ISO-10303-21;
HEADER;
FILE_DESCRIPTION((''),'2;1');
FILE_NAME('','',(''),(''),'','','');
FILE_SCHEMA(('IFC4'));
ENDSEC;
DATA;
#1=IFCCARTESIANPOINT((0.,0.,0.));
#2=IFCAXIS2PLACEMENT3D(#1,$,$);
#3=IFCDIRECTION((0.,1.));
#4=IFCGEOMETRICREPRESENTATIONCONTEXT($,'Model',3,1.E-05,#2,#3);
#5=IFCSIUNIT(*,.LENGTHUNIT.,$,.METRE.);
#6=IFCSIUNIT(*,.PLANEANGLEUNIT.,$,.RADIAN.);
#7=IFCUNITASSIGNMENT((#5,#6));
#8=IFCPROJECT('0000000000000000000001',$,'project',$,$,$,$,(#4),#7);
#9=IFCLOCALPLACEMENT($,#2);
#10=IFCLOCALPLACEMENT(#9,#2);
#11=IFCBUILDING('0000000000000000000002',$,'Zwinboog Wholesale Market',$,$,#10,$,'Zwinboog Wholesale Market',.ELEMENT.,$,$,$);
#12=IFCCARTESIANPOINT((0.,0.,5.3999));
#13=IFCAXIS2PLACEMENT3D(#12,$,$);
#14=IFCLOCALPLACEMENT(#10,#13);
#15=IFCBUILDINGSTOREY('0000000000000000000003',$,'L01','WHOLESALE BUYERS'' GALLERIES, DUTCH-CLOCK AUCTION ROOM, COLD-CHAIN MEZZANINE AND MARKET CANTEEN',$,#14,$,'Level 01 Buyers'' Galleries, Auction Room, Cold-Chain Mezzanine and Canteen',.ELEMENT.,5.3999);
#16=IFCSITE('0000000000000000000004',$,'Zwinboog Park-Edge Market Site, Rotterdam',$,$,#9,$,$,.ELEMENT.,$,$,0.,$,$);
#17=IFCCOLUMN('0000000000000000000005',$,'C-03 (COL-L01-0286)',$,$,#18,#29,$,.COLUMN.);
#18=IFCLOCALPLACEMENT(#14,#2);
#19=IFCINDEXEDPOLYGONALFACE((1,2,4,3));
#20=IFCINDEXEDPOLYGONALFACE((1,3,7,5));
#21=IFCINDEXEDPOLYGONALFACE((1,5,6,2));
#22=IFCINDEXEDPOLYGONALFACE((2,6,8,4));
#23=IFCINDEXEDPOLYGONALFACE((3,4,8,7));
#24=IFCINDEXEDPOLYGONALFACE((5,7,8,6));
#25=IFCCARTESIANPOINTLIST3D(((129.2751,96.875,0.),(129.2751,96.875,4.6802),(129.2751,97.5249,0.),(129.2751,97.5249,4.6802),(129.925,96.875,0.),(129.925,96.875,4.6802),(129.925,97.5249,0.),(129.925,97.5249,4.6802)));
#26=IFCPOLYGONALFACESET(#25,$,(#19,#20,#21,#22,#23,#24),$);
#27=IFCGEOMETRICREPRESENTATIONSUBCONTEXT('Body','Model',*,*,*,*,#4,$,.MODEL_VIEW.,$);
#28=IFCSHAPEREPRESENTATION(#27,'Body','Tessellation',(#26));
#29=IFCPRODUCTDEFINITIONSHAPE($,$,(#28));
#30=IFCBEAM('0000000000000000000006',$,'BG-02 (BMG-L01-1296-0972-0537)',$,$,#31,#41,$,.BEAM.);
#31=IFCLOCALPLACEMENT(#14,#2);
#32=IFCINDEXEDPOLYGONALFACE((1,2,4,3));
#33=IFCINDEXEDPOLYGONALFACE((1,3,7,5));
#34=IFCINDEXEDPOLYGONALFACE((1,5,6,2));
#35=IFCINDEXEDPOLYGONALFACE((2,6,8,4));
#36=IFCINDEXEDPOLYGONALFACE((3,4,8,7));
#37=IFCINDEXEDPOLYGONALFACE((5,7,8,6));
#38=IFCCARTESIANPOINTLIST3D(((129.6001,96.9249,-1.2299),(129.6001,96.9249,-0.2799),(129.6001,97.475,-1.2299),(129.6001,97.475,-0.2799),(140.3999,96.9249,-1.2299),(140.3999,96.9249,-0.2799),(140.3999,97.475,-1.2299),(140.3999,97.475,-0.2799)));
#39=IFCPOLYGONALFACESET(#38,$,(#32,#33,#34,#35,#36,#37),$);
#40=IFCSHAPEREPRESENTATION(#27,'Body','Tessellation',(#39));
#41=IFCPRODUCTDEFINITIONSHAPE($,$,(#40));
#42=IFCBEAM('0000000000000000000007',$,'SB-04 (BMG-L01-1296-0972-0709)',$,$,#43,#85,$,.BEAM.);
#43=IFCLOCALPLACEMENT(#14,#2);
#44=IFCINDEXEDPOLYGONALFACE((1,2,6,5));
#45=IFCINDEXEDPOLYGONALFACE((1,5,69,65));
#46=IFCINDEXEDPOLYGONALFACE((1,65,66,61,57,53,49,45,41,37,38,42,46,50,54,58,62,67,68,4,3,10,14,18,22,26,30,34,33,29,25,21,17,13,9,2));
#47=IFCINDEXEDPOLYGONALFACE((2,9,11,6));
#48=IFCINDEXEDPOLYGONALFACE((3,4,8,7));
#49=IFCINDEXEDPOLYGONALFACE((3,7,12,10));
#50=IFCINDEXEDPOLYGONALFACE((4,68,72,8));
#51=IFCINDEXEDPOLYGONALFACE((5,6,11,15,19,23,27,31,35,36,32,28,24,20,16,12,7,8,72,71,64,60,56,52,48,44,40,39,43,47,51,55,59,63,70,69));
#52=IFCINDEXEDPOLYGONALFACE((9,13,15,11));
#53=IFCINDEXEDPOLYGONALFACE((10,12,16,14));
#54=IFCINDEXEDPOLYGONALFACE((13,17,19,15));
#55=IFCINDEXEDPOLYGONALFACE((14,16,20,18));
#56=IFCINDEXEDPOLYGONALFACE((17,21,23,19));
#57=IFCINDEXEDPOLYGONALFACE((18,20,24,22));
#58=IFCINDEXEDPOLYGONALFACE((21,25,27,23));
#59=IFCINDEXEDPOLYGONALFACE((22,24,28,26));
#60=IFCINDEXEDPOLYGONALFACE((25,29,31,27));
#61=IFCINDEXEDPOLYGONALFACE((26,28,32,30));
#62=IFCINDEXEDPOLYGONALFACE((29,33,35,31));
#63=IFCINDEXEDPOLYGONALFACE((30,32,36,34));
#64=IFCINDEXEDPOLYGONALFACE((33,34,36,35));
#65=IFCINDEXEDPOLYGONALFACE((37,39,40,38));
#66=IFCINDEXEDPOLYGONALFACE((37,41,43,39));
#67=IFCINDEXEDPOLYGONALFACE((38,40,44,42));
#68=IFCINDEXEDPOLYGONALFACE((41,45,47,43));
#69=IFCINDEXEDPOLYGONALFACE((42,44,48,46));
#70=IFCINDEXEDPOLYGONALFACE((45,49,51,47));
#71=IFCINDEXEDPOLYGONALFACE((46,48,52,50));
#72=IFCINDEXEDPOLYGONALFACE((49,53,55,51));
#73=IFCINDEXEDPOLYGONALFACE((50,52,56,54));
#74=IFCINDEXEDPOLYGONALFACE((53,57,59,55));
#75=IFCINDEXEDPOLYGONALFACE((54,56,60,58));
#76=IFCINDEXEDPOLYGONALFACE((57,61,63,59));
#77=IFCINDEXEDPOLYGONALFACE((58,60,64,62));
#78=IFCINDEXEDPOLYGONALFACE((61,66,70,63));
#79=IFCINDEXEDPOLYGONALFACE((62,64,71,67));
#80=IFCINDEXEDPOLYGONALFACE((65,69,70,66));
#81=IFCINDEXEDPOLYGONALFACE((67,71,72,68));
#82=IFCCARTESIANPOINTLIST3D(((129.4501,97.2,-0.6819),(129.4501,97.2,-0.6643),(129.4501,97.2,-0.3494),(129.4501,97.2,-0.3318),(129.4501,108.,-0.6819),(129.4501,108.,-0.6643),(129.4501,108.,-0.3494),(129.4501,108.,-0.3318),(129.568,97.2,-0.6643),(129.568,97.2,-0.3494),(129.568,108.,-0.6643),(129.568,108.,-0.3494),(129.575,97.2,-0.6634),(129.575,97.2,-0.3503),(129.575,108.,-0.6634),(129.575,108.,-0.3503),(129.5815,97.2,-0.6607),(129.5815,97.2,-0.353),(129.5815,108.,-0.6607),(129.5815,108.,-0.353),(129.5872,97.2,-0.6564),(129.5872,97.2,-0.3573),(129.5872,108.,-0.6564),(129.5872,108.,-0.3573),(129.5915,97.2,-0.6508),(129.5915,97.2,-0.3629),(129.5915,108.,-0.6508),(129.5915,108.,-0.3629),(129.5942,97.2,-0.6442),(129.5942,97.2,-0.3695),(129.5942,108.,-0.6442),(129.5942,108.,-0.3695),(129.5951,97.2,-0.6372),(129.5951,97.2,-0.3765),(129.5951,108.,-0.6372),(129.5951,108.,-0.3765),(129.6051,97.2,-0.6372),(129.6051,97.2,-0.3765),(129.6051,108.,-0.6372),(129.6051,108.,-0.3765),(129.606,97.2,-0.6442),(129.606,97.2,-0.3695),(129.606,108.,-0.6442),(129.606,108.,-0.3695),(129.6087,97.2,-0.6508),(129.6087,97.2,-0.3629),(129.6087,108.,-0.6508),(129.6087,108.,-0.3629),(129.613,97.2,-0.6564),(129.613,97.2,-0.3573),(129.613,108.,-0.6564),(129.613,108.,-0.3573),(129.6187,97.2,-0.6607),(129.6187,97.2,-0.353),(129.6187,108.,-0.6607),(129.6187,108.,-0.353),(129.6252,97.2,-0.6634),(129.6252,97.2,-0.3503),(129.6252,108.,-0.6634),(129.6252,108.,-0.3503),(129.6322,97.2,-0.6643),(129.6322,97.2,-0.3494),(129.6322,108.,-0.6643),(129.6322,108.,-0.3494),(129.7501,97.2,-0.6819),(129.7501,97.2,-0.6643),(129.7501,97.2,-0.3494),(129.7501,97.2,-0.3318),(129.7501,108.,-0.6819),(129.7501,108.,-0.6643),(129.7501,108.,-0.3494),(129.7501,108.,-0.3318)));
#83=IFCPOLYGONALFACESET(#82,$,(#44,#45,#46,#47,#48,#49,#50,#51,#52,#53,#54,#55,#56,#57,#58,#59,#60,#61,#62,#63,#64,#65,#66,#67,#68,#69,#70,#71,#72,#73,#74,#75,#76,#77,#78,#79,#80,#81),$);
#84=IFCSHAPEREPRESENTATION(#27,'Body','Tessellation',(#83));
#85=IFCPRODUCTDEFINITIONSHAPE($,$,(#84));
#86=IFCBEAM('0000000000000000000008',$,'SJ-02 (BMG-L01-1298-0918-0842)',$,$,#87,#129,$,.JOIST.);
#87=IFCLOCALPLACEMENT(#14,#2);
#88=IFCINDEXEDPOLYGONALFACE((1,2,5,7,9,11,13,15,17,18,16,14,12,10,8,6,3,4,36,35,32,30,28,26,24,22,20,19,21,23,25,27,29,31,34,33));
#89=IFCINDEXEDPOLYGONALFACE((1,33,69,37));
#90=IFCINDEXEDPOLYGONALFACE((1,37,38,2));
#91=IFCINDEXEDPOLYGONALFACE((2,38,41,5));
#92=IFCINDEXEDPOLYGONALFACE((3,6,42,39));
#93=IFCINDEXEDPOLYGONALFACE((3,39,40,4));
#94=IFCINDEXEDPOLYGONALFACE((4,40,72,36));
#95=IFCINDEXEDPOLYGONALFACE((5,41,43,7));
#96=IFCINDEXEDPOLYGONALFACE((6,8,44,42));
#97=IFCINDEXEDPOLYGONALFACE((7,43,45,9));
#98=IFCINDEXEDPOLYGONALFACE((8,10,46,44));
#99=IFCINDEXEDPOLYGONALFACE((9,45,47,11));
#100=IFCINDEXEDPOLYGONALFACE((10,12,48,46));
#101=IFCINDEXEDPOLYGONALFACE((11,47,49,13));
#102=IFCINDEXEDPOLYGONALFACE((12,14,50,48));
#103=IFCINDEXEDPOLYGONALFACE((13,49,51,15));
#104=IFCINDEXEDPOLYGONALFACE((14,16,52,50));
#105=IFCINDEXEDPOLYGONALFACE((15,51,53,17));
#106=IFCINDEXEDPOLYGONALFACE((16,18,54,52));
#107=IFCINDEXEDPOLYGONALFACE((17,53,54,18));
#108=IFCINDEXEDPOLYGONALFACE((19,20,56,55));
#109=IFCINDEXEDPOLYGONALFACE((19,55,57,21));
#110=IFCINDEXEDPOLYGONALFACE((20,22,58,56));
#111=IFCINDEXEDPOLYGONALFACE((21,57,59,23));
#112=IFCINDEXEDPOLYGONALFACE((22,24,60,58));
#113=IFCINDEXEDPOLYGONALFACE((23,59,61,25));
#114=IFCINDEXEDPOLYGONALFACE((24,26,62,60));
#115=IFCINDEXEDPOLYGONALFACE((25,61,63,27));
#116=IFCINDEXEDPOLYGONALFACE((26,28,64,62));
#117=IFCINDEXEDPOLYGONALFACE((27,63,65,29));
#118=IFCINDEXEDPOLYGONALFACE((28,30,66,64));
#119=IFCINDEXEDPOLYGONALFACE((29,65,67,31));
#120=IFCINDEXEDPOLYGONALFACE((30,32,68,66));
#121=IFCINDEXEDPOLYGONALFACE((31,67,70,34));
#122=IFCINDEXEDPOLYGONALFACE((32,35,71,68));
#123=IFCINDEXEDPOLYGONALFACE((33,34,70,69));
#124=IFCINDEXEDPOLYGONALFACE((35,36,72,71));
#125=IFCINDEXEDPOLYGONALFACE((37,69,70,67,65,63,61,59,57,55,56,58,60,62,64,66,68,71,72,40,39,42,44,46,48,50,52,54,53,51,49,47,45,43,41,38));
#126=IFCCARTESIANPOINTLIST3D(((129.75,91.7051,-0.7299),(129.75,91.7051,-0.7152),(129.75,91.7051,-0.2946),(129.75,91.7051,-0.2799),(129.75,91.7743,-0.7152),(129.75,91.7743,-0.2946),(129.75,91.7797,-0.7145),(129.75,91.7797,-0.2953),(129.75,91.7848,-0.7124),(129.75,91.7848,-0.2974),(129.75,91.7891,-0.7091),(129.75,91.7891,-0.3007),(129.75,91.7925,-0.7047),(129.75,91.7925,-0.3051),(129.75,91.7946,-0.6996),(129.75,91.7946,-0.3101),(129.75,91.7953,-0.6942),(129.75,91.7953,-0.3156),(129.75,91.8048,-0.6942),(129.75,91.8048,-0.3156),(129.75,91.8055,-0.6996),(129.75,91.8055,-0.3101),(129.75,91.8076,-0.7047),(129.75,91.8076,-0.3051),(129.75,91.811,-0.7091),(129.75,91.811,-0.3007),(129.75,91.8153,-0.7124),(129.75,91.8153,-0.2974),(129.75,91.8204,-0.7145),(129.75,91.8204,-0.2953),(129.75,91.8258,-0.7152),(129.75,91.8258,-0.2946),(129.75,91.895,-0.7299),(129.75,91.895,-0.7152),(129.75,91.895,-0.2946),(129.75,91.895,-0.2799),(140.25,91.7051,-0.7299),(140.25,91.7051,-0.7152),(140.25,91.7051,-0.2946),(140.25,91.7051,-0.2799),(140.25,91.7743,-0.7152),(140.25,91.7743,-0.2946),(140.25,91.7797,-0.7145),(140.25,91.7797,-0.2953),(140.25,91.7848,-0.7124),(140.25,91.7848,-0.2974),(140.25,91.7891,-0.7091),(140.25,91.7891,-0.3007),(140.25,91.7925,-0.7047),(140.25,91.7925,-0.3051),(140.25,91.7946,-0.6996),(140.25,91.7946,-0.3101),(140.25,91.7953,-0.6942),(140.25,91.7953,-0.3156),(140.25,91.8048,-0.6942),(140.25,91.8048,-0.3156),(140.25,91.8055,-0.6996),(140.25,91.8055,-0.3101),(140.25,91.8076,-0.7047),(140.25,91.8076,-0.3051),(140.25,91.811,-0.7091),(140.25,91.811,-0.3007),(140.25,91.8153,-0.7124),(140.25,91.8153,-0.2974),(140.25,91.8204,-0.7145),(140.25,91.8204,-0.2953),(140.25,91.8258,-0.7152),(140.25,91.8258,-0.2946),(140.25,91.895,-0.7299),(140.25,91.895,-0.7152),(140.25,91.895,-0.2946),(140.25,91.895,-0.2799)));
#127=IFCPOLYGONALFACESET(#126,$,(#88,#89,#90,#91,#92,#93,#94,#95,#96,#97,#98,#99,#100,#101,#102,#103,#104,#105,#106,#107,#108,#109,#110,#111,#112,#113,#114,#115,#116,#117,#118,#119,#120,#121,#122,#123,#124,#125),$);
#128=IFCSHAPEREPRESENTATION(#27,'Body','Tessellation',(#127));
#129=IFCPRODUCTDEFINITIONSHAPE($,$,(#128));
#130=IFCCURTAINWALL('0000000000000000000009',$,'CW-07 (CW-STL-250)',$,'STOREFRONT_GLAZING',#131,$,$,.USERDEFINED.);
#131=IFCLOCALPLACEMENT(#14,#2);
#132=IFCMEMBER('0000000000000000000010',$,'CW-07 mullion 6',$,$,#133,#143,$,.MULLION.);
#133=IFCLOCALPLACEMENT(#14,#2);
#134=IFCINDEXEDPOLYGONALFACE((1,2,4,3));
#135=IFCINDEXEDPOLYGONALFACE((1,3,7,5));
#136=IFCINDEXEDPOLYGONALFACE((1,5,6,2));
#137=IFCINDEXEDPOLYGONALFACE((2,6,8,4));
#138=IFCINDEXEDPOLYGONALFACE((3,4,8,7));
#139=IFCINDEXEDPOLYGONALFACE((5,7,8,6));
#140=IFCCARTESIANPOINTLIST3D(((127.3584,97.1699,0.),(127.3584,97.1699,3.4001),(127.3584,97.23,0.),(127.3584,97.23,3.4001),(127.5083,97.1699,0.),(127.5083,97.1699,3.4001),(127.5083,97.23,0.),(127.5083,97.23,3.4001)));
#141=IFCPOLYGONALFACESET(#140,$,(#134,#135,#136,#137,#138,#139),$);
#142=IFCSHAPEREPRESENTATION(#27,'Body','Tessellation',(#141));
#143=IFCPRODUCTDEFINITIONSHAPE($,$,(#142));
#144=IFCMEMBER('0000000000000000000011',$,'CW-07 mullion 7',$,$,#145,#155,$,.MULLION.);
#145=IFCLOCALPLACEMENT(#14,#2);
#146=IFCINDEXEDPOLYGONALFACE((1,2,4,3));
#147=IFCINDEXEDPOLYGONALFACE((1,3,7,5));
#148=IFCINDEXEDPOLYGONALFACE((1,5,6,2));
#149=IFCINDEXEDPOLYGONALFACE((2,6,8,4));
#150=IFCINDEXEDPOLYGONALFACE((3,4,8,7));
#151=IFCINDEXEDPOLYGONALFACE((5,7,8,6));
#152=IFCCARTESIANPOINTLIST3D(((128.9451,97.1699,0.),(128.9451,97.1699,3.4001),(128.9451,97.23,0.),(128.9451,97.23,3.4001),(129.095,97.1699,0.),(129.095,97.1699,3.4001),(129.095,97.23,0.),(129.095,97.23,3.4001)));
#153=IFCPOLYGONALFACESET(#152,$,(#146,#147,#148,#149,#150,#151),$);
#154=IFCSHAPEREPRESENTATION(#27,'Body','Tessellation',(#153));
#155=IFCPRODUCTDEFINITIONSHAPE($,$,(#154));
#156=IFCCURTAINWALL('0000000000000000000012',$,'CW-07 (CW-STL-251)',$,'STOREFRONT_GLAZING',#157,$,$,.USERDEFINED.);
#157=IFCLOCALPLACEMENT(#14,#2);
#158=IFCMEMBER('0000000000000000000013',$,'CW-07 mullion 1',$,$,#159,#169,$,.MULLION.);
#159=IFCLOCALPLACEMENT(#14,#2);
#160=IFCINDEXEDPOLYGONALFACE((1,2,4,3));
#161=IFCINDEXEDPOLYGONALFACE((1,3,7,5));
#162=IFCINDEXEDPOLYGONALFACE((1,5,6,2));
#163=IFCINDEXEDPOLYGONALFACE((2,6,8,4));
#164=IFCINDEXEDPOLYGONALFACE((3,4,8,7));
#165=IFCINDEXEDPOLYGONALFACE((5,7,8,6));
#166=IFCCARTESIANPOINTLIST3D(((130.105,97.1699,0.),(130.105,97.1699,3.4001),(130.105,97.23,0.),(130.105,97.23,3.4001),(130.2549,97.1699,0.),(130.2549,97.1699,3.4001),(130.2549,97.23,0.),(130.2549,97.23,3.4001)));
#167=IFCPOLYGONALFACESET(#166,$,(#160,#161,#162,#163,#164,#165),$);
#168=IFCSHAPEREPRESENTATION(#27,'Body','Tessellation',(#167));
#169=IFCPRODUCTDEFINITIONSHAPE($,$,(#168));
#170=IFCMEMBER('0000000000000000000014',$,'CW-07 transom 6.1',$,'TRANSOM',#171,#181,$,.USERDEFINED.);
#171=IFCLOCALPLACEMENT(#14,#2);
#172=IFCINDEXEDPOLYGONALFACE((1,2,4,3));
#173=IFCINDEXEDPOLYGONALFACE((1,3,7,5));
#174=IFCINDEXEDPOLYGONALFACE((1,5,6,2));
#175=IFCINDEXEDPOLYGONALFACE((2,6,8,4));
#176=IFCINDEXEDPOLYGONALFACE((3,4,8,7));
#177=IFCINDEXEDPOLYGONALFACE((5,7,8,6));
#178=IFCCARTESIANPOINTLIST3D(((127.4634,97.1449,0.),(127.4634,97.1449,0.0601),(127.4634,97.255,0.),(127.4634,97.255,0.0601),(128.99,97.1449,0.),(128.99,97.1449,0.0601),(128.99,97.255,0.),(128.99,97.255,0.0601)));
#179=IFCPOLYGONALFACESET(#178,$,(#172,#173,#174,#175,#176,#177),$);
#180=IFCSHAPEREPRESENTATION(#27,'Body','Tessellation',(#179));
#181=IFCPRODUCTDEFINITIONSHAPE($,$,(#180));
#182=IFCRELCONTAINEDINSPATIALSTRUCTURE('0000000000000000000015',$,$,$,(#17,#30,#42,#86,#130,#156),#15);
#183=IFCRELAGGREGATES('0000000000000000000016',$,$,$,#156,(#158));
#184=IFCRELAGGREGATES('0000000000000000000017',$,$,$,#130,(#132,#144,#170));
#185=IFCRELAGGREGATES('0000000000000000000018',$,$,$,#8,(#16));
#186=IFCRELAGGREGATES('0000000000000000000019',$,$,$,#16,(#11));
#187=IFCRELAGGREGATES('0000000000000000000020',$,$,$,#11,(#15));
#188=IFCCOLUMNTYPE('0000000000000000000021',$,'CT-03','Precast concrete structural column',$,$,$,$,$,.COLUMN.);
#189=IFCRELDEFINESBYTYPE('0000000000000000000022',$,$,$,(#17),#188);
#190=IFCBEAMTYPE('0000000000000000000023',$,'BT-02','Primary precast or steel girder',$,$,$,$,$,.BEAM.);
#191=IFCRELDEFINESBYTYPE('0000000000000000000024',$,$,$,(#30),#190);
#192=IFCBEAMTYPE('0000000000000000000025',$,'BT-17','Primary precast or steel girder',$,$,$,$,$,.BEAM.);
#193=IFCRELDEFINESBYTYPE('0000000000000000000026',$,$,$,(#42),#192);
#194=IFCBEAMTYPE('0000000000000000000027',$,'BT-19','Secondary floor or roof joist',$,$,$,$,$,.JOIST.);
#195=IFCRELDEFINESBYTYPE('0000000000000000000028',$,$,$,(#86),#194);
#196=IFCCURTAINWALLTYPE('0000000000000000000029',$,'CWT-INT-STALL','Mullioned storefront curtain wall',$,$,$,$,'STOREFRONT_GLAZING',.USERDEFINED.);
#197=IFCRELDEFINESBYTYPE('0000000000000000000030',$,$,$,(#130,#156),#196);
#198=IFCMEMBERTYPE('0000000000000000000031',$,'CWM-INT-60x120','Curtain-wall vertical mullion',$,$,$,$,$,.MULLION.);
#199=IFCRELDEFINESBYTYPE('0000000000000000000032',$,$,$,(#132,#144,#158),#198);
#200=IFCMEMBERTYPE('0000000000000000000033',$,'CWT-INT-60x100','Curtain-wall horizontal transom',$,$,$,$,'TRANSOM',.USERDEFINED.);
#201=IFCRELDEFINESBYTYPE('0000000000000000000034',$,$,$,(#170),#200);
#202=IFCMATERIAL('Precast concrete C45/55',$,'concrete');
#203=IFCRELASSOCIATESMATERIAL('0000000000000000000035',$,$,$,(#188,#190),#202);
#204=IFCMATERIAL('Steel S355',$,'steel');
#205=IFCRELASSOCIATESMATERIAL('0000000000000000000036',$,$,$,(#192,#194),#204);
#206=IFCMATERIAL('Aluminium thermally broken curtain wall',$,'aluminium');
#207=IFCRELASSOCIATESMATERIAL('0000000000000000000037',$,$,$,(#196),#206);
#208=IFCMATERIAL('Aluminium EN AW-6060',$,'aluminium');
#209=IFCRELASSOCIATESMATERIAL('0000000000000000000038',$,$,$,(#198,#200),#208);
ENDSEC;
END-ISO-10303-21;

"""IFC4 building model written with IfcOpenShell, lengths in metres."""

from ifc_helpers import new_model, si_unit, direction, frame, origin, origin_2d, place, context, subcontext, project, spatial, rectangle, i_section, extrude, material, material_profile, profile_set, type_object, element, aggregate, save


model = new_model("IFC4")

# Units and contexts
model_context = context("Model", 3, precision=1e-05, world=origin(), true_north=direction((0.0, 1.0)))
body_context = subcontext(model_context, "Body", "Model", "MODEL_VIEW")
ifc_project = project(units=[si_unit("LENGTHUNIT", "METRE"), si_unit("PLANEANGLEUNIT", "RADIAN")], contexts=[model_context])

# Site, building, storey
site_placement = place(None, origin())
site = spatial("IfcSite", under=ifc_project, at=site_placement, Name="Zwinboog Park-Edge Market Site, Rotterdam", CompositionType="ELEMENT", RefElevation=0.0)
building_placement = place(site_placement, origin())
building = spatial("IfcBuilding", under=site, at=building_placement, Name="Zwinboog Wholesale Market", LongName="Zwinboog Wholesale Market", CompositionType="ELEMENT")
storey_placement = place(building_placement, frame((0.0, 0.0, 5.3999)))
storey = spatial("IfcBuildingStorey", under=building, at=storey_placement, Name="L01", Description="WHOLESALE BUYERS' GALLERIES, DUTCH-CLOCK AUCTION ROOM, COLD-CHAIN MEZZANINE AND MARKET CANTEEN", LongName="Level 01 Buyers' Galleries, Auction Room, Cold-Chain Mezzanine and Canteen", CompositionType="ELEMENT", Elevation=5.3999)

# Column
ifc_material_1 = material(Name="Precast concrete C45/55", Category="concrete")
ifc_material_profile_1 = material_profile(ifc_material_1, rectangle(XDim=0.6499, YDim=0.6499, at=origin_2d()), Name="PC 650x650")
ifc_profile_set_1 = profile_set([ifc_material_profile_1], Name="Precast concrete C45/55")
column_type = type_object("IfcColumnType", Name="CT-03", Description="Precast concrete structural column", PredefinedType="COLUMN", material=ifc_profile_set_1)
column_placement = place(storey_placement, frame((129.6001, 97.2, 0.0), z_axis=(0.0, 0.0, 1.0), x_axis=(1.0, 0.0, 0.0)))
element("IfcColumn", 1, at=column_placement, inside=storey, type_object=column_type, Name="C-03 (COL-L01-0286)", PredefinedType="COLUMN", context=body_context, shape_type="SweptSolid", body=[
    extrude(rectangle(XDim=0.6499, YDim=0.6499, at=origin_2d()), origin(), (0.0, 0.0, 1.0), 4.6802),
])

# Beams
ifc_material_profile_2 = material_profile(ifc_material_1, rectangle(XDim=0.55, YDim=0.95, at=origin_2d()), Name="PC 550x950")
ifc_profile_set_2 = profile_set([ifc_material_profile_2], Name="Precast concrete C45/55")
beam_type_1 = type_object("IfcBeamType", Name="BT-02", Description="Primary precast or steel girder", PredefinedType="BEAM", material=ifc_profile_set_2)
beam_1_placement = place(storey_placement, frame((129.6001, 97.2, -0.7549), z_axis=(1.0, 0.0, 0.0), x_axis=(0.0, 1.0, 0.0)))
element("IfcBeam", 2, at=beam_1_placement, inside=storey, type_object=beam_type_1, Name="BG-02 (BMG-L01-1296-0972-0537)", PredefinedType="BEAM", context=body_context, shape_type="SweptSolid", body=[
    extrude(rectangle(XDim=0.55, YDim=0.95, at=origin_2d()), origin(), (0.0, 0.0, 1.0), 10.7998),
])
ifc_material_2 = material(Name="Steel S355", Category="steel")
ifc_material_profile_3 = material_profile(ifc_material_2, i_section(OverallWidth=0.3, OverallDepth=0.3501, WebThickness=0.01, FlangeThickness=0.0176, FilletRadius=0.0271, at=origin_2d()), Name="HEA 360")
ifc_profile_set_3 = profile_set([ifc_material_profile_3], Name="Steel S355")
beam_type_2 = type_object("IfcBeamType", Name="BT-17", Description="Primary precast or steel girder", PredefinedType="BEAM", material=ifc_profile_set_3)
beam_2_placement = place(storey_placement, frame((129.6001, 97.2, -0.5068), z_axis=(0.0, 1.0, 0.0), x_axis=(-1.0, 0.0, 0.0)))
element("IfcBeam", 3, at=beam_2_placement, inside=storey, type_object=beam_type_2, Name="SB-04 (BMG-L01-1296-0972-0709)", PredefinedType="BEAM", context=body_context, shape_type="SweptSolid", body=[
    extrude(i_section(OverallWidth=0.3, OverallDepth=0.3501, WebThickness=0.01, FlangeThickness=0.0176, FilletRadius=0.0271, at=origin_2d()), origin(), (0.0, 0.0, 1.0), 10.8),
])
ifc_material_profile_4 = material_profile(ifc_material_2, i_section(OverallWidth=0.1899, OverallDepth=0.45, WebThickness=0.0095, FlangeThickness=0.0146, FilletRadius=0.021, at=origin_2d()), Name="IPE 450")
ifc_profile_set_4 = profile_set([ifc_material_profile_4], Name="Steel S355")
beam_type_3 = type_object("IfcBeamType", Name="BT-19", Description="Secondary floor or roof joist", PredefinedType="JOIST", material=ifc_profile_set_4)
beam_3_placement = place(storey_placement, frame((129.75, 91.8, -0.5049), z_axis=(1.0, 0.0, 0.0), x_axis=(0.0, 1.0, 0.0)))
element("IfcBeam", 4, at=beam_3_placement, inside=storey, type_object=beam_type_3, Name="SJ-02 (BMG-L01-1298-0918-0842)", PredefinedType="JOIST", context=body_context, shape_type="SweptSolid", body=[
    extrude(i_section(OverallWidth=0.1899, OverallDepth=0.45, WebThickness=0.0095, FlangeThickness=0.0146, FilletRadius=0.021, at=origin_2d()), origin(), (0.0, 0.0, 1.0), 10.5),
])

# Curtain wall, members
ifc_material_3 = material(Name="Aluminium thermally broken curtain wall", Category="aluminium")
curtain_wall_type = type_object("IfcCurtainWallType", Name="CWT-INT-STALL", Description="Mullioned storefront curtain wall", ElementType="STOREFRONT_GLAZING", PredefinedType="USERDEFINED", material=ifc_material_3)
curtain_wall_1_placement = place(storey_placement, origin())
curtain_wall_1 = element("IfcCurtainWall", 5, at=curtain_wall_1_placement, inside=storey, type_object=curtain_wall_type, Name="CW-07 (CW-STL-250)", ObjectType="STOREFRONT_GLAZING", PredefinedType="USERDEFINED")
ifc_material_4 = material(Name="Aluminium EN AW-6060", Category="aluminium")
ifc_material_profile_5 = material_profile(ifc_material_4, rectangle(XDim=0.0601, YDim=0.1499, at=origin_2d()), Name="AL 60x150")
ifc_profile_set_5 = profile_set([ifc_material_profile_5], Name="Aluminium EN AW-6060")
member_type_1 = type_object("IfcMemberType", Name="CWM-INT-60x120", Description="Curtain-wall vertical mullion", PredefinedType="MULLION", material=ifc_profile_set_5)
member_1_placement = place(storey_placement, frame((127.4333, 97.2, 0.0), z_axis=(0.0, 0.0, 1.0), x_axis=(0.0, 1.0, 0.0)))
member_1 = element("IfcMember", 6, at=member_1_placement, type_object=member_type_1, Name="CW-07 mullion 6", PredefinedType="MULLION", context=body_context, shape_type="SweptSolid", body=[
    extrude(rectangle(XDim=0.0601, YDim=0.1499, at=origin_2d()), origin(), (0.0, 0.0, 1.0), 3.4001),
])
member_2_placement = place(storey_placement, frame((129.02, 97.2, 0.0), z_axis=(0.0, 0.0, 1.0), x_axis=(0.0, 1.0, 0.0)))
member_2 = element("IfcMember", 7, at=member_2_placement, type_object=member_type_1, Name="CW-07 mullion 7", PredefinedType="MULLION", context=body_context, shape_type="SweptSolid", body=[
    extrude(rectangle(XDim=0.0601, YDim=0.1499, at=origin_2d()), origin(), (0.0, 0.0, 1.0), 3.4001),
])

# Curtain wall, member
curtain_wall_2_placement = place(storey_placement, origin())
curtain_wall_2 = element("IfcCurtainWall", 8, at=curtain_wall_2_placement, inside=storey, type_object=curtain_wall_type, Name="CW-07 (CW-STL-251)", ObjectType="STOREFRONT_GLAZING", PredefinedType="USERDEFINED")
member_3_placement = place(storey_placement, frame((130.1799, 97.2, 0.0), z_axis=(0.0, 0.0, 1.0), x_axis=(0.0, 1.0, 0.0)))
member_3 = element("IfcMember", 9, at=member_3_placement, type_object=member_type_1, Name="CW-07 mullion 1", PredefinedType="MULLION", context=body_context, shape_type="SweptSolid", body=[
    extrude(rectangle(XDim=0.0601, YDim=0.1499, at=origin_2d()), origin(), (0.0, 0.0, 1.0), 3.4001),
])

# Member
ifc_material_profile_6 = material_profile(ifc_material_4, rectangle(XDim=0.1101, YDim=0.0601, at=origin_2d()), Name="AL 60x110")
ifc_profile_set_6 = profile_set([ifc_material_profile_6], Name="Aluminium EN AW-6060")
member_type_2 = type_object("IfcMemberType", Name="CWT-INT-60x100", Description="Curtain-wall horizontal transom", ElementType="TRANSOM", PredefinedType="USERDEFINED", material=ifc_profile_set_6)
member_4_placement = place(storey_placement, frame((127.4634, 97.2, 0.03), z_axis=(1.0, 0.0, 0.0), x_axis=(0.0, 1.0, 0.0)))
member_4 = element("IfcMember", 10, at=member_4_placement, type_object=member_type_2, Name="CW-07 transom 6.1", ObjectType="TRANSOM", PredefinedType="USERDEFINED", context=body_context, shape_type="SweptSolid", body=[
    extrude(rectangle(XDim=0.1101, YDim=0.0601, at=origin_2d()), origin(), (0.0, 0.0, 1.0), 1.5266),
])
aggregate(curtain_wall_2, [member_3])

aggregate(curtain_wall_1, [member_1, member_2, member_4])

save(model, "model.ifc")
